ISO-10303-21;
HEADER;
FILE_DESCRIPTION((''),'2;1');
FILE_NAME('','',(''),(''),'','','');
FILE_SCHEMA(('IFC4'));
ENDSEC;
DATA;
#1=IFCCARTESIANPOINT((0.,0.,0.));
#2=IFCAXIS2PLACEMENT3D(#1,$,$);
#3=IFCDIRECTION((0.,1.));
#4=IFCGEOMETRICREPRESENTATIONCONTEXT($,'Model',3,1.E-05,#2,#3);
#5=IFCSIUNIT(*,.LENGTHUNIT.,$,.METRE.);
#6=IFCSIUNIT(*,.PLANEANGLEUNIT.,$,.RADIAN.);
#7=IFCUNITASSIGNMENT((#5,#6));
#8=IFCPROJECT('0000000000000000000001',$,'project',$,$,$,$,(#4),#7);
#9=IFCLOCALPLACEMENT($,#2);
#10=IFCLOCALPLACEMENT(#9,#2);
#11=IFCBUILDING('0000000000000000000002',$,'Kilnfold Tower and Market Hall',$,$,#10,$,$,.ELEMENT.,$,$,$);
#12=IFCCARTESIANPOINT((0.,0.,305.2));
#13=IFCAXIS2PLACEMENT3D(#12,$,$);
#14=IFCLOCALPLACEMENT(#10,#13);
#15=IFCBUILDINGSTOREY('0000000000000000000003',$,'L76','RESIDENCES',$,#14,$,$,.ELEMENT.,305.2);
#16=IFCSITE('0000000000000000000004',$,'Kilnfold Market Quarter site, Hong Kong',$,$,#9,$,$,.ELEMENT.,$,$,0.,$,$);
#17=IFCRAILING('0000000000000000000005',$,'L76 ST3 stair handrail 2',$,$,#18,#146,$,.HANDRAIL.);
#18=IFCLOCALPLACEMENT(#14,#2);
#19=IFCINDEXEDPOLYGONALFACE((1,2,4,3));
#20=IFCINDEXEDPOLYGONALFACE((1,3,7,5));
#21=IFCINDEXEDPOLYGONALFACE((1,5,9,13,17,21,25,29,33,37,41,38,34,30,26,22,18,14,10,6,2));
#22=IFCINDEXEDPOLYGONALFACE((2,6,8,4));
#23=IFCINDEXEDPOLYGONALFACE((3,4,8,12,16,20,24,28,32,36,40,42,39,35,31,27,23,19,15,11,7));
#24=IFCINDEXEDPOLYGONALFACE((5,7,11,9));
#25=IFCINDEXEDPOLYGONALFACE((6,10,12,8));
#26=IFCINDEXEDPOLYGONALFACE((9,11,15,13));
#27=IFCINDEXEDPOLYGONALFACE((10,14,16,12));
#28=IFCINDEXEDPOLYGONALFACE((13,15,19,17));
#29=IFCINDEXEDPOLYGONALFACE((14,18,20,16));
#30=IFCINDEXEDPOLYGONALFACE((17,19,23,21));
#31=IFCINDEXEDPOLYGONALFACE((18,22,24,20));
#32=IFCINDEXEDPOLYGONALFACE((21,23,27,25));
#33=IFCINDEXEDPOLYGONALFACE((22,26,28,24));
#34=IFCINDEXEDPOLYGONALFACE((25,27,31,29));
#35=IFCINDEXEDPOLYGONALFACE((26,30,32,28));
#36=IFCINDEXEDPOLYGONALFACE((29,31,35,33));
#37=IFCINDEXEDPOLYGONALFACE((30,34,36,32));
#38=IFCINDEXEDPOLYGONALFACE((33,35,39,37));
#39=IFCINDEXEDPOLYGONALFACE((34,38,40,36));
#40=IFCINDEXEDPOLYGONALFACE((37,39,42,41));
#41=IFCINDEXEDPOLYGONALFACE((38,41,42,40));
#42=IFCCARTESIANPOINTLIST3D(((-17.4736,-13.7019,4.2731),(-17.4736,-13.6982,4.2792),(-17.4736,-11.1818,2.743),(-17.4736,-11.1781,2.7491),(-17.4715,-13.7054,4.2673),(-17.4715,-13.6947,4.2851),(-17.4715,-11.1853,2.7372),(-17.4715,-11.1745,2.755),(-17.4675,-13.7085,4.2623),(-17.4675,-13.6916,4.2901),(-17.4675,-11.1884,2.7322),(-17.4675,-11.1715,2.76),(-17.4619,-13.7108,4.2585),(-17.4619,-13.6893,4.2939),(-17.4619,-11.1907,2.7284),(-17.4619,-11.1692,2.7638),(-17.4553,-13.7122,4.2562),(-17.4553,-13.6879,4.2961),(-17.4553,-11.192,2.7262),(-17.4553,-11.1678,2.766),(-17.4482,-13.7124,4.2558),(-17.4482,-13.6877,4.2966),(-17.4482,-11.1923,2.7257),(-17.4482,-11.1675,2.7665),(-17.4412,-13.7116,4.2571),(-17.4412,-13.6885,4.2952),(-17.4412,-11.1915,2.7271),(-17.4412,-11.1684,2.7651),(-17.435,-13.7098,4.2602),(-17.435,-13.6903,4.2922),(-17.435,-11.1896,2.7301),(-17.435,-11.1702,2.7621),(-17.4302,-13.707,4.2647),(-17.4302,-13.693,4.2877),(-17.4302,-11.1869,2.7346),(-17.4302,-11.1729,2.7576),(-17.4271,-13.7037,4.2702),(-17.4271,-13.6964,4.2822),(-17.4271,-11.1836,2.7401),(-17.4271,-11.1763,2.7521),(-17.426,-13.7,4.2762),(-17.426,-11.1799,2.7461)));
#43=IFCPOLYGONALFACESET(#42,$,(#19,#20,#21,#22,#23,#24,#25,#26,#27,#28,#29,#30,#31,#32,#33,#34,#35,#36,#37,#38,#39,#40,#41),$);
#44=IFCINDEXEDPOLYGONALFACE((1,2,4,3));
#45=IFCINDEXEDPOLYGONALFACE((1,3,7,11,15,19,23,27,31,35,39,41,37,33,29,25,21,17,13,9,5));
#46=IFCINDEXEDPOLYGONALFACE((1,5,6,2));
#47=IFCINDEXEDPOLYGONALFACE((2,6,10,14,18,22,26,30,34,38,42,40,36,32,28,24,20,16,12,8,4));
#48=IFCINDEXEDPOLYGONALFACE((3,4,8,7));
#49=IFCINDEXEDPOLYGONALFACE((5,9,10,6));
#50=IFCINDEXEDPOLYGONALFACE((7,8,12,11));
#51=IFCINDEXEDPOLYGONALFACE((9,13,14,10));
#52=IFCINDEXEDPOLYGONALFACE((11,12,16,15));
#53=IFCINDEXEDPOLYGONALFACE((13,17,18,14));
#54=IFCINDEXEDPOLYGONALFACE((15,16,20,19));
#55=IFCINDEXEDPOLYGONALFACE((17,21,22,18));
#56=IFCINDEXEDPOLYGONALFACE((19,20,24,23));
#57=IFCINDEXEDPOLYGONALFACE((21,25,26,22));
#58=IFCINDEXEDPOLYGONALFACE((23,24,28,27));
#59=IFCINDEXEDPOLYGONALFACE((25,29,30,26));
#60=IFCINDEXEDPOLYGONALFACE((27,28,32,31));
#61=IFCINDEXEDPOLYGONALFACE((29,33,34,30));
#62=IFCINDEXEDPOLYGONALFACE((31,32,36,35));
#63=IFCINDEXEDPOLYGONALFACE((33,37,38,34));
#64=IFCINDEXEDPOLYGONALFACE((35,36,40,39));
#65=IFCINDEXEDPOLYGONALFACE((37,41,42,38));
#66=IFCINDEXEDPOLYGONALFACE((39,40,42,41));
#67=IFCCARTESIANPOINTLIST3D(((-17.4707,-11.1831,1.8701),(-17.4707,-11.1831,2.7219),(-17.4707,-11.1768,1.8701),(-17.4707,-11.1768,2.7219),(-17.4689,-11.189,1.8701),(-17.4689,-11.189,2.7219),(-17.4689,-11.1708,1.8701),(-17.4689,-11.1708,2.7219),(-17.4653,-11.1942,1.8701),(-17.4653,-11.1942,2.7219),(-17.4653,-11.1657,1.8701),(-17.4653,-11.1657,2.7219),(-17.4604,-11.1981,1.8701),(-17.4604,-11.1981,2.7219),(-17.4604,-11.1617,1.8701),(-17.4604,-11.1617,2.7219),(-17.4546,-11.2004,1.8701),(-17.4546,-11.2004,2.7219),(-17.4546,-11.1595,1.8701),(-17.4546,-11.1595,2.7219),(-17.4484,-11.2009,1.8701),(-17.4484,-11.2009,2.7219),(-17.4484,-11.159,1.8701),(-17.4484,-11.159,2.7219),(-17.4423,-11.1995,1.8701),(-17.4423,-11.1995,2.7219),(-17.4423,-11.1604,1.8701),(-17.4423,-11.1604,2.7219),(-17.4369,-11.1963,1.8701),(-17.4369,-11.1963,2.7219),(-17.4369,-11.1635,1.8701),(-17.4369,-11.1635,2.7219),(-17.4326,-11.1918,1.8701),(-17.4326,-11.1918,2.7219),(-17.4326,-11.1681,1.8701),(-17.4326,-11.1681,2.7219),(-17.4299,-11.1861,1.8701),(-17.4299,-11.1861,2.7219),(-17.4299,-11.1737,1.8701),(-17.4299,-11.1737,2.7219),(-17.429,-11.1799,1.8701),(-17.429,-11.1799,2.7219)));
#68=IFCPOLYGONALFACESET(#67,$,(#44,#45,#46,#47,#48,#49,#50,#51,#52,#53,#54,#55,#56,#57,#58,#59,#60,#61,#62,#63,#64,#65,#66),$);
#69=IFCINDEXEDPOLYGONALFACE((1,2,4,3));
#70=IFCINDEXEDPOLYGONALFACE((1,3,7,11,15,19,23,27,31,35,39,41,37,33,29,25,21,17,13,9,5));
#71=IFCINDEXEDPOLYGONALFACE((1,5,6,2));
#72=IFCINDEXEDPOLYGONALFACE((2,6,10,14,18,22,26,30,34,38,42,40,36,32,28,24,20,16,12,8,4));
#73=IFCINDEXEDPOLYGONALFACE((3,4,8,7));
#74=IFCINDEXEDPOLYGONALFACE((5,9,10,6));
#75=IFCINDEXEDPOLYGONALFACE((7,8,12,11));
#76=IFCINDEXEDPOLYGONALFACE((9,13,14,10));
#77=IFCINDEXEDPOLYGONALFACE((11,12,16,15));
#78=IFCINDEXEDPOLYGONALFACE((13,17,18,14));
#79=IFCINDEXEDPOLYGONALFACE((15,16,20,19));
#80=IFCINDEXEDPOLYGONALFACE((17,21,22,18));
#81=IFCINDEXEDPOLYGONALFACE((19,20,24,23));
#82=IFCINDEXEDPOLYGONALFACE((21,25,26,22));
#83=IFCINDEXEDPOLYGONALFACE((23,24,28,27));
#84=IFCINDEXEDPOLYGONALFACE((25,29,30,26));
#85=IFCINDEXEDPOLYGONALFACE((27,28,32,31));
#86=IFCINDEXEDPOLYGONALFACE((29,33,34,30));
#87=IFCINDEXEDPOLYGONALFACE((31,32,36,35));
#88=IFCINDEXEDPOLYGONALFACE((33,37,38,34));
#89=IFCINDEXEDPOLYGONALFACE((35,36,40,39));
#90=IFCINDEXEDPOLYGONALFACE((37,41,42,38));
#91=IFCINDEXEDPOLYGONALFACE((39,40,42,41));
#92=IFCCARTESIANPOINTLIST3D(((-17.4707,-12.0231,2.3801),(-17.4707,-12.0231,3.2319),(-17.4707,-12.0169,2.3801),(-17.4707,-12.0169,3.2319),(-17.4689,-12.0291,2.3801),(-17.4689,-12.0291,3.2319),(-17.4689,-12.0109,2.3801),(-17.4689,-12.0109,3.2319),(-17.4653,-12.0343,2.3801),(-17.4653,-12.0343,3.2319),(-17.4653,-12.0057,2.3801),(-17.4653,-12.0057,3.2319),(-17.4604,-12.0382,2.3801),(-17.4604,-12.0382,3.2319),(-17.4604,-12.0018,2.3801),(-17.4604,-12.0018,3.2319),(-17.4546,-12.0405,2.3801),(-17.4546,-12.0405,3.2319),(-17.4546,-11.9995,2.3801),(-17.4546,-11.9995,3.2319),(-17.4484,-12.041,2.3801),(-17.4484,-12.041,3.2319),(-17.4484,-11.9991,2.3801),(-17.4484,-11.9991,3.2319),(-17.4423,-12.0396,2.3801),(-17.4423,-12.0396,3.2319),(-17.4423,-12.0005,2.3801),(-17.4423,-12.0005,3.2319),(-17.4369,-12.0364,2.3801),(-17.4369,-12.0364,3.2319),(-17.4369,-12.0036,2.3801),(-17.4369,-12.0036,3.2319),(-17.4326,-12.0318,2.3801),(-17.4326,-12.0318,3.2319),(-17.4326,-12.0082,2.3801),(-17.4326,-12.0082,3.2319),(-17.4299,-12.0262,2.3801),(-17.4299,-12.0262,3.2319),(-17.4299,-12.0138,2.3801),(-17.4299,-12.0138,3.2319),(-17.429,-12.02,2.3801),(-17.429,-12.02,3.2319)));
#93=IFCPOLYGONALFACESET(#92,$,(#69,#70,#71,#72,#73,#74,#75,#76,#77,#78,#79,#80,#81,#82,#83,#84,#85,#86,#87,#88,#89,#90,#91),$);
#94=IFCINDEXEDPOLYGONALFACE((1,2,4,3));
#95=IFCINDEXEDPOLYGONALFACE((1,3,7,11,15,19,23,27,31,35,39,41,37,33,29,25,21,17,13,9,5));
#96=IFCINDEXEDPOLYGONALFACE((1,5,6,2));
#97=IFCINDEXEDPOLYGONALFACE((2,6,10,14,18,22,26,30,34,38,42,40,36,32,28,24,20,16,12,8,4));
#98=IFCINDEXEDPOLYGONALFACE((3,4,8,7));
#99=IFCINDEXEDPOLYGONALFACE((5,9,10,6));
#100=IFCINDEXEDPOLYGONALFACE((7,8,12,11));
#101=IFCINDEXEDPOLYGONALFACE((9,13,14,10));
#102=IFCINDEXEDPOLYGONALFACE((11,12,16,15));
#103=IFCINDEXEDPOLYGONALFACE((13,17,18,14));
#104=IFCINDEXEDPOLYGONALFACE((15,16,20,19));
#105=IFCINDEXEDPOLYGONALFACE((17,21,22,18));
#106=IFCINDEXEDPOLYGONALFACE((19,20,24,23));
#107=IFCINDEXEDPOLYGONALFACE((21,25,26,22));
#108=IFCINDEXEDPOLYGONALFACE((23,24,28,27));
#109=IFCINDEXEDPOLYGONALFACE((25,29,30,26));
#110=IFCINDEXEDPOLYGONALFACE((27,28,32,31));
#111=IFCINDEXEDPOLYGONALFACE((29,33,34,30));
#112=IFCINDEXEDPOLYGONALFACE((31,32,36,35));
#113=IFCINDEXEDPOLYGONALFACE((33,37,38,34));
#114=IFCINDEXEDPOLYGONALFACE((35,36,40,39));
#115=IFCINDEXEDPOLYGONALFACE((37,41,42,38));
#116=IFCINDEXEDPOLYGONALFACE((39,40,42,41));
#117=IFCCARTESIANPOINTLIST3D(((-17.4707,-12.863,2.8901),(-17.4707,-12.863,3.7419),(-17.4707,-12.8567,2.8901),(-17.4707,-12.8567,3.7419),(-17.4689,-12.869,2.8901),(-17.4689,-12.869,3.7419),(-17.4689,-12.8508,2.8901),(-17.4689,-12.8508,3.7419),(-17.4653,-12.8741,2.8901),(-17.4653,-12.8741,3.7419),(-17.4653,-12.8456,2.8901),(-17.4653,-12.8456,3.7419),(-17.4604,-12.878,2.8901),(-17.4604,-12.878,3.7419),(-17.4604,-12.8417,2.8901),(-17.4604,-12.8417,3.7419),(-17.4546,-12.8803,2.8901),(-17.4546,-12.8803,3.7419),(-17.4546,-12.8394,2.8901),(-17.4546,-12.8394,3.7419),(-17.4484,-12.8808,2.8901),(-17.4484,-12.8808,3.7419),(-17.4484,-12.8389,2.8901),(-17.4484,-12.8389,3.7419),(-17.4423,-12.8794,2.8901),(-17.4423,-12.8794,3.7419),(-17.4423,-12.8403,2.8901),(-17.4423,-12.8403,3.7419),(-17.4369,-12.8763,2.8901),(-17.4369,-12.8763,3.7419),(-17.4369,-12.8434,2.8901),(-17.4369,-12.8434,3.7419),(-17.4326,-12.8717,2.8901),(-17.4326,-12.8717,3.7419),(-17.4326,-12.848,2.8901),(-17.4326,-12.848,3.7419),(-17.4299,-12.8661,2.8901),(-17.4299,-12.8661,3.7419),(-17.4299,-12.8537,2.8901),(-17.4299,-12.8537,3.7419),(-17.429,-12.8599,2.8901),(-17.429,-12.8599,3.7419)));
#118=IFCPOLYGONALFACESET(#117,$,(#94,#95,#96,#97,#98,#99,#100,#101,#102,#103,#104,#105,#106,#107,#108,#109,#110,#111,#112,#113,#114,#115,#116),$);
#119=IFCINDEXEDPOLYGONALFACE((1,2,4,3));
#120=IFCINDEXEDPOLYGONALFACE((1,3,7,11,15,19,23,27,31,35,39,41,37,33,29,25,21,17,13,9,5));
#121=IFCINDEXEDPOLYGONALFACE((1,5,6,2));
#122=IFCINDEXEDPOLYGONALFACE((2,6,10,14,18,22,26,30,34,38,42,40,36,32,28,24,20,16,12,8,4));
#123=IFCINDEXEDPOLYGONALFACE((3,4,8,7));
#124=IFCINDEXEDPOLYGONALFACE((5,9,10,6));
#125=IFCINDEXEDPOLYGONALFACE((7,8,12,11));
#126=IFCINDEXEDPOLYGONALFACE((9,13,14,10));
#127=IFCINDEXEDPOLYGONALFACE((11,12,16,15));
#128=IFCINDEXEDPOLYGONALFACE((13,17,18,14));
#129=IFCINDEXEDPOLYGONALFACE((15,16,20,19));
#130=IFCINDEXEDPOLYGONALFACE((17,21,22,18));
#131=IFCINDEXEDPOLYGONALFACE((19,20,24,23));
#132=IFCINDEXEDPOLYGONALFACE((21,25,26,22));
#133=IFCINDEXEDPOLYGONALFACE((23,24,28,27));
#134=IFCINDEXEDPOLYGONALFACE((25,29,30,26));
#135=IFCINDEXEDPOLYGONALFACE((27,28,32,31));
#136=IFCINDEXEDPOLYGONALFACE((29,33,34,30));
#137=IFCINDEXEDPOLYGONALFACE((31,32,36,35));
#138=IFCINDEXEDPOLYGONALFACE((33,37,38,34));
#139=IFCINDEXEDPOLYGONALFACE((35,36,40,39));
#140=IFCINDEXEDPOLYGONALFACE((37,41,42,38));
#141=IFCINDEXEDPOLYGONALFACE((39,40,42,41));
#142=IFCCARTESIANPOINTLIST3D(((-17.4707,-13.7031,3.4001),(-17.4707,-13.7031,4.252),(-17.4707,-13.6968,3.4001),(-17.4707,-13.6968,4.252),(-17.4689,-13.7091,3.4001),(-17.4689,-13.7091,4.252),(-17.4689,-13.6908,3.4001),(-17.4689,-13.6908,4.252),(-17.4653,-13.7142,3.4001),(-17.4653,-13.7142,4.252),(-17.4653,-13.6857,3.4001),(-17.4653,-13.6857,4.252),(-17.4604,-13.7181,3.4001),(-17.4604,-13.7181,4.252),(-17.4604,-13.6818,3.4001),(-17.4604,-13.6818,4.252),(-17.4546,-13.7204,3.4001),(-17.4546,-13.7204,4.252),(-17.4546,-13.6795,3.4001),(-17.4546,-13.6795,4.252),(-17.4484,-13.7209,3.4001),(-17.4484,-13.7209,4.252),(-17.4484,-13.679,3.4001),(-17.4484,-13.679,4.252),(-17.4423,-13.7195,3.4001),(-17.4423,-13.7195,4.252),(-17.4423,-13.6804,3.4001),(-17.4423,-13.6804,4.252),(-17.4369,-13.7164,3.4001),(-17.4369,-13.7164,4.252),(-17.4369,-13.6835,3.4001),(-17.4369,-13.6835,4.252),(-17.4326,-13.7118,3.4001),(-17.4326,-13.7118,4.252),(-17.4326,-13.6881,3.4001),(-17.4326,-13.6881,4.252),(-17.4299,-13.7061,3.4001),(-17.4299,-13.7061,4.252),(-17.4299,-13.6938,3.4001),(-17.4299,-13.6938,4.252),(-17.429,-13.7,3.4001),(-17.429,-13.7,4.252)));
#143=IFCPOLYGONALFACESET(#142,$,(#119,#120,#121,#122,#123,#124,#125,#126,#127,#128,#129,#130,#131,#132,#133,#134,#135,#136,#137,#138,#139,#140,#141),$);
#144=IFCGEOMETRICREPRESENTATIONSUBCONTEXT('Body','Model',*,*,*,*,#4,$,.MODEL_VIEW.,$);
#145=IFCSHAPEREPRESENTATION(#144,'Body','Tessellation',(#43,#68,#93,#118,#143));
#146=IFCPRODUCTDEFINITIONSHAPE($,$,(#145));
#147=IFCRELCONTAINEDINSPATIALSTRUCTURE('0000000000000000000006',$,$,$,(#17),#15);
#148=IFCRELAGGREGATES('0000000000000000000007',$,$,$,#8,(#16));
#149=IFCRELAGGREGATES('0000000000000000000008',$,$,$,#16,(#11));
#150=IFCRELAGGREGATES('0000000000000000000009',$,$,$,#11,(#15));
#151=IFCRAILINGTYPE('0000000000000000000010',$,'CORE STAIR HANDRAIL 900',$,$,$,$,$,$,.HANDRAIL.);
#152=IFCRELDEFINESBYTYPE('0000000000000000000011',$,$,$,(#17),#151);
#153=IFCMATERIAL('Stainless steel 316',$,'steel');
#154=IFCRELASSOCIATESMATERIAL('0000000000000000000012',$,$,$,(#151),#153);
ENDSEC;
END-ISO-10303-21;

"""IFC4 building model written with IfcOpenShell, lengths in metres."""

from ifc_helpers import new_model, si_unit, direction, frame, origin, origin_2d, place, context, subcontext, project, spatial, circle, extrude, material, type_object, element, save


model = new_model("IFC4")

# Units and contexts
model_context = context("Model", 3, precision=1e-05, world=origin(), true_north=direction((0.0, 1.0)))
body_context = subcontext(model_context, "Body", "Model", "MODEL_VIEW")
ifc_project = project(units=[si_unit("LENGTHUNIT", "METRE"), si_unit("PLANEANGLEUNIT", "RADIAN")], contexts=[model_context])

# Site, building, storey
site_placement = place(None, origin())
site = spatial("IfcSite", under=ifc_project, at=site_placement, Name="Kilnfold Market Quarter site, Hong Kong", CompositionType="ELEMENT", RefElevation=0.0)
building_placement = place(site_placement, origin())
building = spatial("IfcBuilding", under=site, at=building_placement, Name="Kilnfold Tower and Market Hall", CompositionType="ELEMENT")
storey_placement = place(building_placement, frame((0.0, 0.0, 305.2)))
storey = spatial("IfcBuildingStorey", under=building, at=storey_placement, Name="L76", Description="RESIDENCES", CompositionType="ELEMENT", Elevation=305.2)

# Railing
ifc_material_1 = material(Name="Stainless steel 316", Category="steel")
railing_type_1 = type_object("IfcRailingType", Name="CORE STAIR HANDRAIL 900", PredefinedType="HANDRAIL", material=ifc_material_1)
railing_1_placement = place(storey_placement, frame((-17.45, -11.1799, 1.8701)))
element("IfcRailing", 1, at=railing_1_placement, inside=storey, type_object=railing_type_1, Name="L76 ST3 stair handrail 2", PredefinedType="HANDRAIL", context=body_context, shape_type="SweptSolid", body=[
    extrude(circle(Radius=0.0239, at=origin_2d()), frame((0.0, 0.0, 0.876), z_axis=(0.0, -0.854785, 0.518982), x_axis=(1.0, 0.0, 0.0)), (0.0, 0.0, 1.0), 2.9482),
    extrude(circle(Radius=0.021, at=origin_2d()), origin(), (0.0, 0.0, 1.0), 0.8518),
    extrude(circle(Radius=0.021, at=origin_2d()), frame((0.0, -0.8401, 0.51)), (0.0, 0.0, 1.0), 0.8518),
    extrude(circle(Radius=0.021, at=origin_2d()), frame((0.0, -1.6799, 1.02)), (0.0, 0.0, 1.0), 0.8518),
    extrude(circle(Radius=0.021, at=origin_2d()), frame((0.0, -2.52, 1.53)), (0.0, 0.0, 1.0), 0.8518),
])

save(model, "model.ifc")
